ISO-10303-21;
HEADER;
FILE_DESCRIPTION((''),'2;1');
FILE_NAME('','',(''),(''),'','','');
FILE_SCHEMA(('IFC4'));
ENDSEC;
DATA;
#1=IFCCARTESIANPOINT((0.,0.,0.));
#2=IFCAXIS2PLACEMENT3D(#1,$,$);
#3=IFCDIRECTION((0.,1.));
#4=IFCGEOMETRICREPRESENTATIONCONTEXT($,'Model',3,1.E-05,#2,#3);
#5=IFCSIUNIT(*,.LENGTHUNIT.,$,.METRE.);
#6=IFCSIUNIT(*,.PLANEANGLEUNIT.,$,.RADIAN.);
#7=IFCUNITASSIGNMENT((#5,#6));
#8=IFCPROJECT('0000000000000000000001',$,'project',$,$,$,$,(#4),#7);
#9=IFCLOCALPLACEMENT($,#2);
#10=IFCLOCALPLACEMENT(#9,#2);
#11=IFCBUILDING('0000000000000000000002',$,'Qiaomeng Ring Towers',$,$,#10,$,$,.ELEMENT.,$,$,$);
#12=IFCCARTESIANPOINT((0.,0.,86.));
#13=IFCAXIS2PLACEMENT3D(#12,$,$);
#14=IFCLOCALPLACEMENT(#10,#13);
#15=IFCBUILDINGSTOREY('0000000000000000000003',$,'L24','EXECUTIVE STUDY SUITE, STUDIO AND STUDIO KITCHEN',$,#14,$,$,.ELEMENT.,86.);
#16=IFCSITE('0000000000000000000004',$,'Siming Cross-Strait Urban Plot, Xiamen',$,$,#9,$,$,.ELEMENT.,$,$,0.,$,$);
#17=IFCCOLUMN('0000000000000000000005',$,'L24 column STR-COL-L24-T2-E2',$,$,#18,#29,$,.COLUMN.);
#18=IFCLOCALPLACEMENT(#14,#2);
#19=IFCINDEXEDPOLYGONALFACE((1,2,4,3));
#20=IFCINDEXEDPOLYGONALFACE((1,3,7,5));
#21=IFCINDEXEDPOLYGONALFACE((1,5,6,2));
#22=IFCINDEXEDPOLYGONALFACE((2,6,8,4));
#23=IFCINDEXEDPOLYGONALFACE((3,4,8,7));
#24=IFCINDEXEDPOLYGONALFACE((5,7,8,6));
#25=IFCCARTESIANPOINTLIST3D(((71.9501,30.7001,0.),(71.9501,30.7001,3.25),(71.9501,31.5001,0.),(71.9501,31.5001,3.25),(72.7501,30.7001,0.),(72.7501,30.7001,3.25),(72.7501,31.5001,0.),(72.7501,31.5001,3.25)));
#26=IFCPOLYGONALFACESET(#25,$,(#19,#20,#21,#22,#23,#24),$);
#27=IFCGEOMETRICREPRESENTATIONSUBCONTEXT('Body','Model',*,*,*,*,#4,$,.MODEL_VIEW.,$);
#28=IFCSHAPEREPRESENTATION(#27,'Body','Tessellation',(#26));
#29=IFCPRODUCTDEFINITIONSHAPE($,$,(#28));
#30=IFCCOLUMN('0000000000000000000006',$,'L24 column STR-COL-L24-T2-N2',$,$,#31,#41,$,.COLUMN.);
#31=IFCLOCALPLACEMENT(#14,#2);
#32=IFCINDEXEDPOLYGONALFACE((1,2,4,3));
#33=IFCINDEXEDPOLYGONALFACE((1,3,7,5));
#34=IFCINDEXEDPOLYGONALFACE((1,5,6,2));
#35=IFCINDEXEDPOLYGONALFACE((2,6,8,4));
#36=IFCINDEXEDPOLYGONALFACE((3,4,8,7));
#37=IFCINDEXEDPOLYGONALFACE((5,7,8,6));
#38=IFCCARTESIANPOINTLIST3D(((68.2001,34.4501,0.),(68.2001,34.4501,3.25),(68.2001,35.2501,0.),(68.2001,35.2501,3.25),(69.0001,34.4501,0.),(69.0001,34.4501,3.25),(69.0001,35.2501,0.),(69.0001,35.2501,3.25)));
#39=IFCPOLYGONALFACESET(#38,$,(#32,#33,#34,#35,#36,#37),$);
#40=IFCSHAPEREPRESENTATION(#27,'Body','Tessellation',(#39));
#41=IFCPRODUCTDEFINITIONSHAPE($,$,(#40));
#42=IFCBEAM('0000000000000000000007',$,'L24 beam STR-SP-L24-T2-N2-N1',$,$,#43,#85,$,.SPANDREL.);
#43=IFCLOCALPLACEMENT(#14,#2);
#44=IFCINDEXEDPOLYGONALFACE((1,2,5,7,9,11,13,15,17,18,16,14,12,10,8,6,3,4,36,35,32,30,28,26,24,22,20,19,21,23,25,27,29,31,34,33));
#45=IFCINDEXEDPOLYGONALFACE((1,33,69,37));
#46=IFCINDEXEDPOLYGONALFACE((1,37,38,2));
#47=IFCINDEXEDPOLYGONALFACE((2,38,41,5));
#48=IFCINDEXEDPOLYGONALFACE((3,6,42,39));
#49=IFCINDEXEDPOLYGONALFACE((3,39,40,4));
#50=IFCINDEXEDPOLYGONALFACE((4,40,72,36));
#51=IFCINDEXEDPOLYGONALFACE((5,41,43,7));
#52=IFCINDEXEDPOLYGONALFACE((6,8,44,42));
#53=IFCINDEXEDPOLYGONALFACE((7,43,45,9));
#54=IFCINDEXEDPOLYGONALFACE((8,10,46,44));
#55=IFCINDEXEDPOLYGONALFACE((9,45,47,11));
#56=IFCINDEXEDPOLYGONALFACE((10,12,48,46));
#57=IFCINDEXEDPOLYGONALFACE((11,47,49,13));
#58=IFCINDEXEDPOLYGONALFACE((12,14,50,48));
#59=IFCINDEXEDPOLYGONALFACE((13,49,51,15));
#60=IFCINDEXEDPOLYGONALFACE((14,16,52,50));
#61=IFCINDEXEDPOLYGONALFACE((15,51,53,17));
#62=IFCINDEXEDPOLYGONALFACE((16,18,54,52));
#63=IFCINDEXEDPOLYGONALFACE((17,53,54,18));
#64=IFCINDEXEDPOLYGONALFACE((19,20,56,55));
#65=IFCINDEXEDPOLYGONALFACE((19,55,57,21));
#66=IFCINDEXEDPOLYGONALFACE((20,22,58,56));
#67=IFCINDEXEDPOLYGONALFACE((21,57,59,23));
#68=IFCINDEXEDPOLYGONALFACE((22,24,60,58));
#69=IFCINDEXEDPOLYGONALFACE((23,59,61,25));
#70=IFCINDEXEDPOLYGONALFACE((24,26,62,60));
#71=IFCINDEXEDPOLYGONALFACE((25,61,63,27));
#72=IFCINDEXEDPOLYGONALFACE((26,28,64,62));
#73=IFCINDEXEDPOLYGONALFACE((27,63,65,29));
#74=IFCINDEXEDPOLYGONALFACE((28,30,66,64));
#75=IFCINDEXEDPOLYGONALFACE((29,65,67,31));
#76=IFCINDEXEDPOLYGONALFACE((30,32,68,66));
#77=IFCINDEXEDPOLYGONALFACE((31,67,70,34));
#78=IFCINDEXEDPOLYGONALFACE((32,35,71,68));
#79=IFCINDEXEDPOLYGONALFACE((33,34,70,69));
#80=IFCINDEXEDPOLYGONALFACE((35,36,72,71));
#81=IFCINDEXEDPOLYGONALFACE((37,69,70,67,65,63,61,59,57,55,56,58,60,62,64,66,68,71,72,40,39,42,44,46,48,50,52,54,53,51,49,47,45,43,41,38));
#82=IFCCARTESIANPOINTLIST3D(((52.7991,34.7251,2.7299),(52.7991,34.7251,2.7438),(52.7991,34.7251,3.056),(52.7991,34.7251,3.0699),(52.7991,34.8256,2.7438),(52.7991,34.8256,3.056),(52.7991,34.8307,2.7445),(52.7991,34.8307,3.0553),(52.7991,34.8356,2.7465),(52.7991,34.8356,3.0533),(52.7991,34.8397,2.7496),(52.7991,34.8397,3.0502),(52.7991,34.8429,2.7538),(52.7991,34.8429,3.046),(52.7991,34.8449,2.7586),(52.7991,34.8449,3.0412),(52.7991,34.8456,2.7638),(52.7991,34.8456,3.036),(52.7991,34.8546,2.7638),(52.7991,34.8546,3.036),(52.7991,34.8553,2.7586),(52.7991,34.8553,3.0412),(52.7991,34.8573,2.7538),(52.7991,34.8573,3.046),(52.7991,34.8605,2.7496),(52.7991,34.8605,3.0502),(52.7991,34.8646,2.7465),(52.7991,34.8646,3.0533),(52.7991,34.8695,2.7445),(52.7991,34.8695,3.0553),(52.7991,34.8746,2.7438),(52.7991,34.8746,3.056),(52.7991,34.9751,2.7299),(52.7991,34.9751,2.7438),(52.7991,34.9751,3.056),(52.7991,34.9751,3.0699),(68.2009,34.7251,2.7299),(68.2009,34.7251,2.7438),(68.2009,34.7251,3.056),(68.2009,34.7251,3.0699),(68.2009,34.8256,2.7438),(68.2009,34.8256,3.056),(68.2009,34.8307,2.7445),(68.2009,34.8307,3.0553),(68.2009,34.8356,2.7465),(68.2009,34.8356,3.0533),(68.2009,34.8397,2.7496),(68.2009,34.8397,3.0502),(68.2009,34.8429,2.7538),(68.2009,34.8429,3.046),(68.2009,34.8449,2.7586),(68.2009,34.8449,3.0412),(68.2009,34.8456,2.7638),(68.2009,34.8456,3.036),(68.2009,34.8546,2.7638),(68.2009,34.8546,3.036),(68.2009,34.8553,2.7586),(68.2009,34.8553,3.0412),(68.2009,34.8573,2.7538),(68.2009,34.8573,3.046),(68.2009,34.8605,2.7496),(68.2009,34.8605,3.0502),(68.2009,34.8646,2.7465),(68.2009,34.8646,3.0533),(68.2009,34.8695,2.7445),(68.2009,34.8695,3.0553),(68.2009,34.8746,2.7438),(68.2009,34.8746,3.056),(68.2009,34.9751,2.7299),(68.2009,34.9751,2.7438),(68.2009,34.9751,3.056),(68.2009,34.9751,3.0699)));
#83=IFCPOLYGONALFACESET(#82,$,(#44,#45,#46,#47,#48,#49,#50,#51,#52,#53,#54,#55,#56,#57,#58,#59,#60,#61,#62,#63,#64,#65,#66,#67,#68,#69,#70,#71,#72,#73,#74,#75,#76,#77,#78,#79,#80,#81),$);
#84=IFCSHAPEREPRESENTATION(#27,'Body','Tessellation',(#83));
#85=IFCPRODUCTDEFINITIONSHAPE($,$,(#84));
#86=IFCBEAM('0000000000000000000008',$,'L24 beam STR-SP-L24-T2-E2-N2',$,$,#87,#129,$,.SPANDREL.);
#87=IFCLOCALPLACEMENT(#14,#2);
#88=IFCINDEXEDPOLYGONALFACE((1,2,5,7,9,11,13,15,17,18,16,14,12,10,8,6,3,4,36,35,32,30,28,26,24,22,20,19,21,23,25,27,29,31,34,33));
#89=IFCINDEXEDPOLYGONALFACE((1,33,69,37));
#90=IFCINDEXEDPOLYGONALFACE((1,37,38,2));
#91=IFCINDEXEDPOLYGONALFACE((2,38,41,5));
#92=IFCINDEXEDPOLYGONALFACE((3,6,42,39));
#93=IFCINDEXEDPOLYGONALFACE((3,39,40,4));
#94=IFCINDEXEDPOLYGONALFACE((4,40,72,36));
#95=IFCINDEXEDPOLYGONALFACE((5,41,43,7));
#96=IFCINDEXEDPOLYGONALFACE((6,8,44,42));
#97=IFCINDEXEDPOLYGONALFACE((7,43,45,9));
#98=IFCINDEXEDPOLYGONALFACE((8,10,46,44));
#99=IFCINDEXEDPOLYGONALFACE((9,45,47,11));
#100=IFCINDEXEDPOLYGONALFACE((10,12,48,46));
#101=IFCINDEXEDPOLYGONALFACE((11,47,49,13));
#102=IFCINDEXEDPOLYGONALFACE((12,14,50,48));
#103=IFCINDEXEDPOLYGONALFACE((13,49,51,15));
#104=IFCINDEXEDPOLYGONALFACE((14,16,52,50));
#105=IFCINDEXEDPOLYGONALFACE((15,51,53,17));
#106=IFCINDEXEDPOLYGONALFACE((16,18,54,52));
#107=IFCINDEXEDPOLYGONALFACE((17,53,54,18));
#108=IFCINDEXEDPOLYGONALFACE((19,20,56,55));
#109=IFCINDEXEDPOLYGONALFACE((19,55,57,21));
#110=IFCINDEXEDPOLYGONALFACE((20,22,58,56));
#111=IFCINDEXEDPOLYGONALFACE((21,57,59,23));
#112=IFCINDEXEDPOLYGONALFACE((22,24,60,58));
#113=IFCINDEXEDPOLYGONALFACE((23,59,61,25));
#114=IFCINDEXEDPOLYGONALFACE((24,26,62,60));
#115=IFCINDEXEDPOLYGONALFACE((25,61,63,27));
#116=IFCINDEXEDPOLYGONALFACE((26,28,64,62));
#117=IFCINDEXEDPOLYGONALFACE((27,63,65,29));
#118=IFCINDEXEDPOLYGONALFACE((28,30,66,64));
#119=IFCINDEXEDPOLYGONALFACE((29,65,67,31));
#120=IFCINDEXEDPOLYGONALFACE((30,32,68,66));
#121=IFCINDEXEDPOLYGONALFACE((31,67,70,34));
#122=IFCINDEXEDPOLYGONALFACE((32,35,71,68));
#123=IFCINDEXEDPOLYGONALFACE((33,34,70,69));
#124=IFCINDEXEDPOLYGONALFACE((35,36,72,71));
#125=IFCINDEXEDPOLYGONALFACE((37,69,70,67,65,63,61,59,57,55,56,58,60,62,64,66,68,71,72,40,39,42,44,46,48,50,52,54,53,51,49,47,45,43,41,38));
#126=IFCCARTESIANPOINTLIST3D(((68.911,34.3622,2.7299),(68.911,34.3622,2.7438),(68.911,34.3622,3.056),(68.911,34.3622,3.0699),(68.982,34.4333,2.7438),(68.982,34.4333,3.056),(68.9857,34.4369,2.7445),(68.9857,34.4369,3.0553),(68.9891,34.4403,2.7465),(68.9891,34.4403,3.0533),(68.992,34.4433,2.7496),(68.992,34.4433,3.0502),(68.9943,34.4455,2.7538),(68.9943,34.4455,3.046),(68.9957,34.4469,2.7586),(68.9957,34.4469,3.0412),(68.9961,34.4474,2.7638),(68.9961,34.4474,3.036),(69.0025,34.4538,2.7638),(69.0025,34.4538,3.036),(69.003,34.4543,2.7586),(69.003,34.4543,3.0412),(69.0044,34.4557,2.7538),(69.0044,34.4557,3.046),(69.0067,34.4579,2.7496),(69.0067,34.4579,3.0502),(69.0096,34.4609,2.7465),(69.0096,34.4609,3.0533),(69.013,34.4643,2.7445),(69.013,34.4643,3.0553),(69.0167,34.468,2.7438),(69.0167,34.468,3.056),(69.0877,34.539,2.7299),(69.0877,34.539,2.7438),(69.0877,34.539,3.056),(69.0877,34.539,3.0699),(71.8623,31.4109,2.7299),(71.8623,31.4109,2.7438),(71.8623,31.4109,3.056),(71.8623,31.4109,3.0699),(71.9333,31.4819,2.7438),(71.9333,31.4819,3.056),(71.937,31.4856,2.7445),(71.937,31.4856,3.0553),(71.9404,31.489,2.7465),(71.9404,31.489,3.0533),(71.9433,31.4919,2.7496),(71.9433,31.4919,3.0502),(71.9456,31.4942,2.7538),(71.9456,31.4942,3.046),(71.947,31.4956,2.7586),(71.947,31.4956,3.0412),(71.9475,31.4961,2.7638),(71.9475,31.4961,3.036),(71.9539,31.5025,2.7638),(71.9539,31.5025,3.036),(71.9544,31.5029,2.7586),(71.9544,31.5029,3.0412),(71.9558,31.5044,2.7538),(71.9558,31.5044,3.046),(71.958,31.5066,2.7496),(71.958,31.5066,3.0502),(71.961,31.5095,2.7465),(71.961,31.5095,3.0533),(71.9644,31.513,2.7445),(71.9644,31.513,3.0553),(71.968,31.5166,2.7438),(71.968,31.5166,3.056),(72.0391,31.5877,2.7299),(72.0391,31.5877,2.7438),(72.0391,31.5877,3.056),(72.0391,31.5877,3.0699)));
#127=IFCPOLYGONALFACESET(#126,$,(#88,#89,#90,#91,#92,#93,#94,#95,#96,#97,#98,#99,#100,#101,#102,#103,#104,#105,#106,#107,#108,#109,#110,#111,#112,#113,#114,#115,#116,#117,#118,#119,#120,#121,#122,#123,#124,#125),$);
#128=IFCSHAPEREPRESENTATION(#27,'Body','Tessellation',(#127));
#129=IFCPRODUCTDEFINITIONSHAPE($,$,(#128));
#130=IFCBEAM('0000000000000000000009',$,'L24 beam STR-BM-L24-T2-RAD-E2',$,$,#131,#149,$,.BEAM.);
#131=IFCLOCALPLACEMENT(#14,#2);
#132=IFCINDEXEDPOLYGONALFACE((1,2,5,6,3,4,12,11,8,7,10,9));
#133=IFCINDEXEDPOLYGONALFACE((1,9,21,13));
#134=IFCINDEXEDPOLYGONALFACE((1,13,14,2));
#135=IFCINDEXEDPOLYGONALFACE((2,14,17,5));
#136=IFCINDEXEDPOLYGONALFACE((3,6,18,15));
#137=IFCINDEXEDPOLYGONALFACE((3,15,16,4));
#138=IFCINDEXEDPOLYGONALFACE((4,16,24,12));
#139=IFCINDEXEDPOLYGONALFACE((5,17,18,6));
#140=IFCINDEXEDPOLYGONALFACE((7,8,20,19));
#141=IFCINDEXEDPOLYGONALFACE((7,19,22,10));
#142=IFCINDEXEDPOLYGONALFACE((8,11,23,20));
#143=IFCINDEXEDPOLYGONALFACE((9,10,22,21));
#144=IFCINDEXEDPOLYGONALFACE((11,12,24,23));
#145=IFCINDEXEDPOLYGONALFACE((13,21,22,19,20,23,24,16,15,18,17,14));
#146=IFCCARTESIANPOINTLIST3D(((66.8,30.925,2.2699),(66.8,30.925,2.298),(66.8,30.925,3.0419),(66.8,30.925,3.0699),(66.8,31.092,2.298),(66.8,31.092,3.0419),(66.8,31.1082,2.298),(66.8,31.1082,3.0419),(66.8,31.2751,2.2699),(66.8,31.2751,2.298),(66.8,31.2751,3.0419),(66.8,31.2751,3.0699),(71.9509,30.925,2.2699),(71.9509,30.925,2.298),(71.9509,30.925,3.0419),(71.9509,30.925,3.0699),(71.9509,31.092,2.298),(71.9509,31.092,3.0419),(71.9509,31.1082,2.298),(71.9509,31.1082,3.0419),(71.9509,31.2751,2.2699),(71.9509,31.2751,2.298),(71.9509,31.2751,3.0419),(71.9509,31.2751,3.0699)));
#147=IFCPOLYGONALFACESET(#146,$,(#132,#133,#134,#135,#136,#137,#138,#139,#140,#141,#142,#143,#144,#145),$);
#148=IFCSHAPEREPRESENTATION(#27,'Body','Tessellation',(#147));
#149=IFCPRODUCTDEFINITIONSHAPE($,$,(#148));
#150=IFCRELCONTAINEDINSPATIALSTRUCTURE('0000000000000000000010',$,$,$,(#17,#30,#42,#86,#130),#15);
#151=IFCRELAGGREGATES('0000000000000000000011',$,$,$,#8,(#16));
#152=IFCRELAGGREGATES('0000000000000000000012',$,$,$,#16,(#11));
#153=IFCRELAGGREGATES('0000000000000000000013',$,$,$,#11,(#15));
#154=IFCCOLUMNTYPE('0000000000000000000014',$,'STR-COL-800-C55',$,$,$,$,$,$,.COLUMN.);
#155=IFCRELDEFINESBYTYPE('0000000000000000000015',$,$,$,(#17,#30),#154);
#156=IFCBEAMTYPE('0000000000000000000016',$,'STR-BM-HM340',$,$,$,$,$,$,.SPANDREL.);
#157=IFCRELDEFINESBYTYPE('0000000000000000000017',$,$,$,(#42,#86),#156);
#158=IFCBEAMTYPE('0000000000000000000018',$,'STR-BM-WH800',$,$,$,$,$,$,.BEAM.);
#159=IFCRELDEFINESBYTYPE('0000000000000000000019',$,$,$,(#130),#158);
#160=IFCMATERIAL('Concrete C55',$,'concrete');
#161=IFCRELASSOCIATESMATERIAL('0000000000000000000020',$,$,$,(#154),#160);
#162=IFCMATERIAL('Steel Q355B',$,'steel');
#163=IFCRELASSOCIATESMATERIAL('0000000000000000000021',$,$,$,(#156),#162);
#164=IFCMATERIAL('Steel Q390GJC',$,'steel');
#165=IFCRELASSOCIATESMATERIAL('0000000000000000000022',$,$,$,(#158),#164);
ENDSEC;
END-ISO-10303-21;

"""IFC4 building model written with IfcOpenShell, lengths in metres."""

from ifc_helpers import new_model, si_unit, direction, frame, origin, origin_2d, place, context, subcontext, project, spatial, rectangle, i_section, extrude, source, transform, mapped, material, material_profile, profile_set, type_object, element, save


model = new_model("IFC4")

# Units and contexts
model_context = context("Model", 3, precision=1e-05, world=origin(), true_north=direction((0.0, 1.0)))
body_context = subcontext(model_context, "Body", "Model", "MODEL_VIEW")
ifc_project = project(units=[si_unit("LENGTHUNIT", "METRE"), si_unit("PLANEANGLEUNIT", "RADIAN")], contexts=[model_context])

# Site, building, storey
site_placement = place(None, origin())
site = spatial("IfcSite", under=ifc_project, at=site_placement, Name="Siming Cross-Strait Urban Plot, Xiamen", CompositionType="ELEMENT", RefElevation=0.0)
building_placement = place(site_placement, origin())
building = spatial("IfcBuilding", under=site, at=building_placement, Name="Qiaomeng Ring Towers", CompositionType="ELEMENT")
storey_placement = place(building_placement, frame((0.0, 0.0, 86.0)))
storey = spatial("IfcBuildingStorey", under=building, at=storey_placement, Name="L24", Description="EXECUTIVE STUDY SUITE, STUDIO AND STUDIO KITCHEN", CompositionType="ELEMENT", Elevation=86.0)

# Columns
ifc_material_1 = material(Name="Concrete C55", Category="concrete")
ifc_material_profile_1 = material_profile(ifc_material_1, rectangle(XDim=0.8, YDim=0.8, at=origin_2d()), Name="RC COL 800x800")
ifc_profile_set_1 = profile_set([ifc_material_profile_1], Name="Concrete C55")
column_type = type_object("IfcColumnType", Name="STR-COL-800-C55", PredefinedType="COLUMN", material=ifc_profile_set_1)
shared_shape_1 = source(origin(), body_context, "Body", "SweptSolid", [
    extrude(rectangle(XDim=0.8, YDim=0.8, at=origin_2d()), origin(), (0.0, 0.0, 1.0), 3.25),
])
for number, where, z_axis, x_axis, name in (
    (1, (72.3501, 31.1001, 0.0), (0.0, 0.0, 1.0), (1.0, 0.0, 0.0), "L24 column STR-COL-L24-T2-E2"),
    (2, (68.6001, 34.8501, 0.0), (0.0, 0.0, 1.0), (1.0, 0.0, 0.0), "L24 column STR-COL-L24-T2-N2"),
):
    element("IfcColumn", number, at=place(storey_placement, frame(where, z_axis=z_axis, x_axis=x_axis)), inside=storey, type_object=column_type, Name=name, PredefinedType="COLUMN", context=body_context, shape_type="MappedRepresentation", body=[
        mapped(shared_shape_1, transform((0.0, 0.0, 0.0), x_axis=(1.0, 0.0, 0.0), y_axis=(0.0, 1.0, 0.0), z_axis=(0.0, 0.0, 1.0), scale=1.0)),
    ])

# Beams
ifc_material_2 = material(Name="Steel Q355B", Category="steel")
ifc_material_profile_2 = material_profile(ifc_material_2, i_section(OverallWidth=0.25, OverallDepth=0.3401, WebThickness=0.009, FlangeThickness=0.0139, FilletRadius=0.02, at=origin_2d()), Name="HM 340x250x9x14")
ifc_profile_set_2 = profile_set([ifc_material_profile_2], Name="Steel Q355B")
beam_type_1 = type_object("IfcBeamType", Name="STR-BM-HM340", PredefinedType="SPANDREL", material=ifc_profile_set_2)
shared_shape_2 = source(origin(), body_context, "Body", "SweptSolid", [
    extrude(i_section(OverallWidth=0.25, OverallDepth=0.3401, WebThickness=0.009, FlangeThickness=0.0139, FilletRadius=0.02, at=origin_2d()), origin(), (0.0, 0.0, 1.0), 15.4019),
])
beam_1_placement = place(storey_placement, frame((68.2009, 34.8501, 2.8999), z_axis=(-1.0, 0.0, 0.0), x_axis=(0.0, -1.0, 0.0)))
element("IfcBeam", 3, at=beam_1_placement, inside=storey, type_object=beam_type_1, Name="L24 beam STR-SP-L24-T2-N2-N1", PredefinedType="SPANDREL", context=body_context, shape_type="MappedRepresentation", body=[
    mapped(shared_shape_2, transform((0.0, 0.0, 0.0), x_axis=(1.0, 0.0, 0.0), y_axis=(0.0, 1.0, 0.0), z_axis=(0.0, 0.0, 1.0), scale=1.0)),
])
shared_shape_3 = source(origin(), body_context, "Body", "SweptSolid", [
    extrude(i_section(OverallWidth=0.25, OverallDepth=0.3401, WebThickness=0.009, FlangeThickness=0.0139, FilletRadius=0.02, at=origin_2d()), origin(), (0.0, 0.0, 1.0), 4.1738),
])
beam_2_placement = place(storey_placement, frame((71.9507, 31.4993, 2.8999), z_axis=(-0.707107, 0.707107, 0.0), x_axis=(-0.707107, -0.707107, 0.0)))
element("IfcBeam", 4, at=beam_2_placement, inside=storey, type_object=beam_type_1, Name="L24 beam STR-SP-L24-T2-E2-N2", PredefinedType="SPANDREL", context=body_context, shape_type="MappedRepresentation", body=[
    mapped(shared_shape_3, transform((0.0, 0.0, 0.0), x_axis=(1.0, 0.0, 0.0), y_axis=(0.0, 1.0, 0.0), z_axis=(0.0, 0.0, 1.0), scale=1.0)),
])
ifc_material_3 = material(Name="Steel Q390GJC", Category="steel")
ifc_material_profile_3 = material_profile(ifc_material_3, i_section(OverallWidth=0.3501, OverallDepth=0.8, WebThickness=0.0161, FlangeThickness=0.0281, at=origin_2d()), Name="WH 800x350x16x28")
ifc_profile_set_3 = profile_set([ifc_material_profile_3], Name="Steel Q390GJC")
beam_type_2 = type_object("IfcBeamType", Name="STR-BM-WH800", PredefinedType="BEAM", material=ifc_profile_set_3)
shared_shape_4 = source(origin(), body_context, "Body", "SweptSolid", [
    extrude(i_section(OverallWidth=0.3501, OverallDepth=0.8, WebThickness=0.0161, FlangeThickness=0.0281, at=origin_2d()), origin(), (0.0, 0.0, 1.0), 5.1509),
])
beam_3_placement = place(storey_placement, frame((66.8, 31.1001, 2.6699), z_axis=(1.0, 0.0, 0.0), x_axis=(0.0, 1.0, 0.0)))
element("IfcBeam", 5, at=beam_3_placement, inside=storey, type_object=beam_type_2, Name="L24 beam STR-BM-L24-T2-RAD-E2", PredefinedType="BEAM", context=body_context, shape_type="MappedRepresentation", body=[
    mapped(shared_shape_4, transform((0.0, 0.0, 0.0), x_axis=(1.0, 0.0, 0.0), y_axis=(0.0, 1.0, 0.0), z_axis=(0.0, 0.0, 1.0), scale=1.0)),
])

save(model, "model.ifc")
